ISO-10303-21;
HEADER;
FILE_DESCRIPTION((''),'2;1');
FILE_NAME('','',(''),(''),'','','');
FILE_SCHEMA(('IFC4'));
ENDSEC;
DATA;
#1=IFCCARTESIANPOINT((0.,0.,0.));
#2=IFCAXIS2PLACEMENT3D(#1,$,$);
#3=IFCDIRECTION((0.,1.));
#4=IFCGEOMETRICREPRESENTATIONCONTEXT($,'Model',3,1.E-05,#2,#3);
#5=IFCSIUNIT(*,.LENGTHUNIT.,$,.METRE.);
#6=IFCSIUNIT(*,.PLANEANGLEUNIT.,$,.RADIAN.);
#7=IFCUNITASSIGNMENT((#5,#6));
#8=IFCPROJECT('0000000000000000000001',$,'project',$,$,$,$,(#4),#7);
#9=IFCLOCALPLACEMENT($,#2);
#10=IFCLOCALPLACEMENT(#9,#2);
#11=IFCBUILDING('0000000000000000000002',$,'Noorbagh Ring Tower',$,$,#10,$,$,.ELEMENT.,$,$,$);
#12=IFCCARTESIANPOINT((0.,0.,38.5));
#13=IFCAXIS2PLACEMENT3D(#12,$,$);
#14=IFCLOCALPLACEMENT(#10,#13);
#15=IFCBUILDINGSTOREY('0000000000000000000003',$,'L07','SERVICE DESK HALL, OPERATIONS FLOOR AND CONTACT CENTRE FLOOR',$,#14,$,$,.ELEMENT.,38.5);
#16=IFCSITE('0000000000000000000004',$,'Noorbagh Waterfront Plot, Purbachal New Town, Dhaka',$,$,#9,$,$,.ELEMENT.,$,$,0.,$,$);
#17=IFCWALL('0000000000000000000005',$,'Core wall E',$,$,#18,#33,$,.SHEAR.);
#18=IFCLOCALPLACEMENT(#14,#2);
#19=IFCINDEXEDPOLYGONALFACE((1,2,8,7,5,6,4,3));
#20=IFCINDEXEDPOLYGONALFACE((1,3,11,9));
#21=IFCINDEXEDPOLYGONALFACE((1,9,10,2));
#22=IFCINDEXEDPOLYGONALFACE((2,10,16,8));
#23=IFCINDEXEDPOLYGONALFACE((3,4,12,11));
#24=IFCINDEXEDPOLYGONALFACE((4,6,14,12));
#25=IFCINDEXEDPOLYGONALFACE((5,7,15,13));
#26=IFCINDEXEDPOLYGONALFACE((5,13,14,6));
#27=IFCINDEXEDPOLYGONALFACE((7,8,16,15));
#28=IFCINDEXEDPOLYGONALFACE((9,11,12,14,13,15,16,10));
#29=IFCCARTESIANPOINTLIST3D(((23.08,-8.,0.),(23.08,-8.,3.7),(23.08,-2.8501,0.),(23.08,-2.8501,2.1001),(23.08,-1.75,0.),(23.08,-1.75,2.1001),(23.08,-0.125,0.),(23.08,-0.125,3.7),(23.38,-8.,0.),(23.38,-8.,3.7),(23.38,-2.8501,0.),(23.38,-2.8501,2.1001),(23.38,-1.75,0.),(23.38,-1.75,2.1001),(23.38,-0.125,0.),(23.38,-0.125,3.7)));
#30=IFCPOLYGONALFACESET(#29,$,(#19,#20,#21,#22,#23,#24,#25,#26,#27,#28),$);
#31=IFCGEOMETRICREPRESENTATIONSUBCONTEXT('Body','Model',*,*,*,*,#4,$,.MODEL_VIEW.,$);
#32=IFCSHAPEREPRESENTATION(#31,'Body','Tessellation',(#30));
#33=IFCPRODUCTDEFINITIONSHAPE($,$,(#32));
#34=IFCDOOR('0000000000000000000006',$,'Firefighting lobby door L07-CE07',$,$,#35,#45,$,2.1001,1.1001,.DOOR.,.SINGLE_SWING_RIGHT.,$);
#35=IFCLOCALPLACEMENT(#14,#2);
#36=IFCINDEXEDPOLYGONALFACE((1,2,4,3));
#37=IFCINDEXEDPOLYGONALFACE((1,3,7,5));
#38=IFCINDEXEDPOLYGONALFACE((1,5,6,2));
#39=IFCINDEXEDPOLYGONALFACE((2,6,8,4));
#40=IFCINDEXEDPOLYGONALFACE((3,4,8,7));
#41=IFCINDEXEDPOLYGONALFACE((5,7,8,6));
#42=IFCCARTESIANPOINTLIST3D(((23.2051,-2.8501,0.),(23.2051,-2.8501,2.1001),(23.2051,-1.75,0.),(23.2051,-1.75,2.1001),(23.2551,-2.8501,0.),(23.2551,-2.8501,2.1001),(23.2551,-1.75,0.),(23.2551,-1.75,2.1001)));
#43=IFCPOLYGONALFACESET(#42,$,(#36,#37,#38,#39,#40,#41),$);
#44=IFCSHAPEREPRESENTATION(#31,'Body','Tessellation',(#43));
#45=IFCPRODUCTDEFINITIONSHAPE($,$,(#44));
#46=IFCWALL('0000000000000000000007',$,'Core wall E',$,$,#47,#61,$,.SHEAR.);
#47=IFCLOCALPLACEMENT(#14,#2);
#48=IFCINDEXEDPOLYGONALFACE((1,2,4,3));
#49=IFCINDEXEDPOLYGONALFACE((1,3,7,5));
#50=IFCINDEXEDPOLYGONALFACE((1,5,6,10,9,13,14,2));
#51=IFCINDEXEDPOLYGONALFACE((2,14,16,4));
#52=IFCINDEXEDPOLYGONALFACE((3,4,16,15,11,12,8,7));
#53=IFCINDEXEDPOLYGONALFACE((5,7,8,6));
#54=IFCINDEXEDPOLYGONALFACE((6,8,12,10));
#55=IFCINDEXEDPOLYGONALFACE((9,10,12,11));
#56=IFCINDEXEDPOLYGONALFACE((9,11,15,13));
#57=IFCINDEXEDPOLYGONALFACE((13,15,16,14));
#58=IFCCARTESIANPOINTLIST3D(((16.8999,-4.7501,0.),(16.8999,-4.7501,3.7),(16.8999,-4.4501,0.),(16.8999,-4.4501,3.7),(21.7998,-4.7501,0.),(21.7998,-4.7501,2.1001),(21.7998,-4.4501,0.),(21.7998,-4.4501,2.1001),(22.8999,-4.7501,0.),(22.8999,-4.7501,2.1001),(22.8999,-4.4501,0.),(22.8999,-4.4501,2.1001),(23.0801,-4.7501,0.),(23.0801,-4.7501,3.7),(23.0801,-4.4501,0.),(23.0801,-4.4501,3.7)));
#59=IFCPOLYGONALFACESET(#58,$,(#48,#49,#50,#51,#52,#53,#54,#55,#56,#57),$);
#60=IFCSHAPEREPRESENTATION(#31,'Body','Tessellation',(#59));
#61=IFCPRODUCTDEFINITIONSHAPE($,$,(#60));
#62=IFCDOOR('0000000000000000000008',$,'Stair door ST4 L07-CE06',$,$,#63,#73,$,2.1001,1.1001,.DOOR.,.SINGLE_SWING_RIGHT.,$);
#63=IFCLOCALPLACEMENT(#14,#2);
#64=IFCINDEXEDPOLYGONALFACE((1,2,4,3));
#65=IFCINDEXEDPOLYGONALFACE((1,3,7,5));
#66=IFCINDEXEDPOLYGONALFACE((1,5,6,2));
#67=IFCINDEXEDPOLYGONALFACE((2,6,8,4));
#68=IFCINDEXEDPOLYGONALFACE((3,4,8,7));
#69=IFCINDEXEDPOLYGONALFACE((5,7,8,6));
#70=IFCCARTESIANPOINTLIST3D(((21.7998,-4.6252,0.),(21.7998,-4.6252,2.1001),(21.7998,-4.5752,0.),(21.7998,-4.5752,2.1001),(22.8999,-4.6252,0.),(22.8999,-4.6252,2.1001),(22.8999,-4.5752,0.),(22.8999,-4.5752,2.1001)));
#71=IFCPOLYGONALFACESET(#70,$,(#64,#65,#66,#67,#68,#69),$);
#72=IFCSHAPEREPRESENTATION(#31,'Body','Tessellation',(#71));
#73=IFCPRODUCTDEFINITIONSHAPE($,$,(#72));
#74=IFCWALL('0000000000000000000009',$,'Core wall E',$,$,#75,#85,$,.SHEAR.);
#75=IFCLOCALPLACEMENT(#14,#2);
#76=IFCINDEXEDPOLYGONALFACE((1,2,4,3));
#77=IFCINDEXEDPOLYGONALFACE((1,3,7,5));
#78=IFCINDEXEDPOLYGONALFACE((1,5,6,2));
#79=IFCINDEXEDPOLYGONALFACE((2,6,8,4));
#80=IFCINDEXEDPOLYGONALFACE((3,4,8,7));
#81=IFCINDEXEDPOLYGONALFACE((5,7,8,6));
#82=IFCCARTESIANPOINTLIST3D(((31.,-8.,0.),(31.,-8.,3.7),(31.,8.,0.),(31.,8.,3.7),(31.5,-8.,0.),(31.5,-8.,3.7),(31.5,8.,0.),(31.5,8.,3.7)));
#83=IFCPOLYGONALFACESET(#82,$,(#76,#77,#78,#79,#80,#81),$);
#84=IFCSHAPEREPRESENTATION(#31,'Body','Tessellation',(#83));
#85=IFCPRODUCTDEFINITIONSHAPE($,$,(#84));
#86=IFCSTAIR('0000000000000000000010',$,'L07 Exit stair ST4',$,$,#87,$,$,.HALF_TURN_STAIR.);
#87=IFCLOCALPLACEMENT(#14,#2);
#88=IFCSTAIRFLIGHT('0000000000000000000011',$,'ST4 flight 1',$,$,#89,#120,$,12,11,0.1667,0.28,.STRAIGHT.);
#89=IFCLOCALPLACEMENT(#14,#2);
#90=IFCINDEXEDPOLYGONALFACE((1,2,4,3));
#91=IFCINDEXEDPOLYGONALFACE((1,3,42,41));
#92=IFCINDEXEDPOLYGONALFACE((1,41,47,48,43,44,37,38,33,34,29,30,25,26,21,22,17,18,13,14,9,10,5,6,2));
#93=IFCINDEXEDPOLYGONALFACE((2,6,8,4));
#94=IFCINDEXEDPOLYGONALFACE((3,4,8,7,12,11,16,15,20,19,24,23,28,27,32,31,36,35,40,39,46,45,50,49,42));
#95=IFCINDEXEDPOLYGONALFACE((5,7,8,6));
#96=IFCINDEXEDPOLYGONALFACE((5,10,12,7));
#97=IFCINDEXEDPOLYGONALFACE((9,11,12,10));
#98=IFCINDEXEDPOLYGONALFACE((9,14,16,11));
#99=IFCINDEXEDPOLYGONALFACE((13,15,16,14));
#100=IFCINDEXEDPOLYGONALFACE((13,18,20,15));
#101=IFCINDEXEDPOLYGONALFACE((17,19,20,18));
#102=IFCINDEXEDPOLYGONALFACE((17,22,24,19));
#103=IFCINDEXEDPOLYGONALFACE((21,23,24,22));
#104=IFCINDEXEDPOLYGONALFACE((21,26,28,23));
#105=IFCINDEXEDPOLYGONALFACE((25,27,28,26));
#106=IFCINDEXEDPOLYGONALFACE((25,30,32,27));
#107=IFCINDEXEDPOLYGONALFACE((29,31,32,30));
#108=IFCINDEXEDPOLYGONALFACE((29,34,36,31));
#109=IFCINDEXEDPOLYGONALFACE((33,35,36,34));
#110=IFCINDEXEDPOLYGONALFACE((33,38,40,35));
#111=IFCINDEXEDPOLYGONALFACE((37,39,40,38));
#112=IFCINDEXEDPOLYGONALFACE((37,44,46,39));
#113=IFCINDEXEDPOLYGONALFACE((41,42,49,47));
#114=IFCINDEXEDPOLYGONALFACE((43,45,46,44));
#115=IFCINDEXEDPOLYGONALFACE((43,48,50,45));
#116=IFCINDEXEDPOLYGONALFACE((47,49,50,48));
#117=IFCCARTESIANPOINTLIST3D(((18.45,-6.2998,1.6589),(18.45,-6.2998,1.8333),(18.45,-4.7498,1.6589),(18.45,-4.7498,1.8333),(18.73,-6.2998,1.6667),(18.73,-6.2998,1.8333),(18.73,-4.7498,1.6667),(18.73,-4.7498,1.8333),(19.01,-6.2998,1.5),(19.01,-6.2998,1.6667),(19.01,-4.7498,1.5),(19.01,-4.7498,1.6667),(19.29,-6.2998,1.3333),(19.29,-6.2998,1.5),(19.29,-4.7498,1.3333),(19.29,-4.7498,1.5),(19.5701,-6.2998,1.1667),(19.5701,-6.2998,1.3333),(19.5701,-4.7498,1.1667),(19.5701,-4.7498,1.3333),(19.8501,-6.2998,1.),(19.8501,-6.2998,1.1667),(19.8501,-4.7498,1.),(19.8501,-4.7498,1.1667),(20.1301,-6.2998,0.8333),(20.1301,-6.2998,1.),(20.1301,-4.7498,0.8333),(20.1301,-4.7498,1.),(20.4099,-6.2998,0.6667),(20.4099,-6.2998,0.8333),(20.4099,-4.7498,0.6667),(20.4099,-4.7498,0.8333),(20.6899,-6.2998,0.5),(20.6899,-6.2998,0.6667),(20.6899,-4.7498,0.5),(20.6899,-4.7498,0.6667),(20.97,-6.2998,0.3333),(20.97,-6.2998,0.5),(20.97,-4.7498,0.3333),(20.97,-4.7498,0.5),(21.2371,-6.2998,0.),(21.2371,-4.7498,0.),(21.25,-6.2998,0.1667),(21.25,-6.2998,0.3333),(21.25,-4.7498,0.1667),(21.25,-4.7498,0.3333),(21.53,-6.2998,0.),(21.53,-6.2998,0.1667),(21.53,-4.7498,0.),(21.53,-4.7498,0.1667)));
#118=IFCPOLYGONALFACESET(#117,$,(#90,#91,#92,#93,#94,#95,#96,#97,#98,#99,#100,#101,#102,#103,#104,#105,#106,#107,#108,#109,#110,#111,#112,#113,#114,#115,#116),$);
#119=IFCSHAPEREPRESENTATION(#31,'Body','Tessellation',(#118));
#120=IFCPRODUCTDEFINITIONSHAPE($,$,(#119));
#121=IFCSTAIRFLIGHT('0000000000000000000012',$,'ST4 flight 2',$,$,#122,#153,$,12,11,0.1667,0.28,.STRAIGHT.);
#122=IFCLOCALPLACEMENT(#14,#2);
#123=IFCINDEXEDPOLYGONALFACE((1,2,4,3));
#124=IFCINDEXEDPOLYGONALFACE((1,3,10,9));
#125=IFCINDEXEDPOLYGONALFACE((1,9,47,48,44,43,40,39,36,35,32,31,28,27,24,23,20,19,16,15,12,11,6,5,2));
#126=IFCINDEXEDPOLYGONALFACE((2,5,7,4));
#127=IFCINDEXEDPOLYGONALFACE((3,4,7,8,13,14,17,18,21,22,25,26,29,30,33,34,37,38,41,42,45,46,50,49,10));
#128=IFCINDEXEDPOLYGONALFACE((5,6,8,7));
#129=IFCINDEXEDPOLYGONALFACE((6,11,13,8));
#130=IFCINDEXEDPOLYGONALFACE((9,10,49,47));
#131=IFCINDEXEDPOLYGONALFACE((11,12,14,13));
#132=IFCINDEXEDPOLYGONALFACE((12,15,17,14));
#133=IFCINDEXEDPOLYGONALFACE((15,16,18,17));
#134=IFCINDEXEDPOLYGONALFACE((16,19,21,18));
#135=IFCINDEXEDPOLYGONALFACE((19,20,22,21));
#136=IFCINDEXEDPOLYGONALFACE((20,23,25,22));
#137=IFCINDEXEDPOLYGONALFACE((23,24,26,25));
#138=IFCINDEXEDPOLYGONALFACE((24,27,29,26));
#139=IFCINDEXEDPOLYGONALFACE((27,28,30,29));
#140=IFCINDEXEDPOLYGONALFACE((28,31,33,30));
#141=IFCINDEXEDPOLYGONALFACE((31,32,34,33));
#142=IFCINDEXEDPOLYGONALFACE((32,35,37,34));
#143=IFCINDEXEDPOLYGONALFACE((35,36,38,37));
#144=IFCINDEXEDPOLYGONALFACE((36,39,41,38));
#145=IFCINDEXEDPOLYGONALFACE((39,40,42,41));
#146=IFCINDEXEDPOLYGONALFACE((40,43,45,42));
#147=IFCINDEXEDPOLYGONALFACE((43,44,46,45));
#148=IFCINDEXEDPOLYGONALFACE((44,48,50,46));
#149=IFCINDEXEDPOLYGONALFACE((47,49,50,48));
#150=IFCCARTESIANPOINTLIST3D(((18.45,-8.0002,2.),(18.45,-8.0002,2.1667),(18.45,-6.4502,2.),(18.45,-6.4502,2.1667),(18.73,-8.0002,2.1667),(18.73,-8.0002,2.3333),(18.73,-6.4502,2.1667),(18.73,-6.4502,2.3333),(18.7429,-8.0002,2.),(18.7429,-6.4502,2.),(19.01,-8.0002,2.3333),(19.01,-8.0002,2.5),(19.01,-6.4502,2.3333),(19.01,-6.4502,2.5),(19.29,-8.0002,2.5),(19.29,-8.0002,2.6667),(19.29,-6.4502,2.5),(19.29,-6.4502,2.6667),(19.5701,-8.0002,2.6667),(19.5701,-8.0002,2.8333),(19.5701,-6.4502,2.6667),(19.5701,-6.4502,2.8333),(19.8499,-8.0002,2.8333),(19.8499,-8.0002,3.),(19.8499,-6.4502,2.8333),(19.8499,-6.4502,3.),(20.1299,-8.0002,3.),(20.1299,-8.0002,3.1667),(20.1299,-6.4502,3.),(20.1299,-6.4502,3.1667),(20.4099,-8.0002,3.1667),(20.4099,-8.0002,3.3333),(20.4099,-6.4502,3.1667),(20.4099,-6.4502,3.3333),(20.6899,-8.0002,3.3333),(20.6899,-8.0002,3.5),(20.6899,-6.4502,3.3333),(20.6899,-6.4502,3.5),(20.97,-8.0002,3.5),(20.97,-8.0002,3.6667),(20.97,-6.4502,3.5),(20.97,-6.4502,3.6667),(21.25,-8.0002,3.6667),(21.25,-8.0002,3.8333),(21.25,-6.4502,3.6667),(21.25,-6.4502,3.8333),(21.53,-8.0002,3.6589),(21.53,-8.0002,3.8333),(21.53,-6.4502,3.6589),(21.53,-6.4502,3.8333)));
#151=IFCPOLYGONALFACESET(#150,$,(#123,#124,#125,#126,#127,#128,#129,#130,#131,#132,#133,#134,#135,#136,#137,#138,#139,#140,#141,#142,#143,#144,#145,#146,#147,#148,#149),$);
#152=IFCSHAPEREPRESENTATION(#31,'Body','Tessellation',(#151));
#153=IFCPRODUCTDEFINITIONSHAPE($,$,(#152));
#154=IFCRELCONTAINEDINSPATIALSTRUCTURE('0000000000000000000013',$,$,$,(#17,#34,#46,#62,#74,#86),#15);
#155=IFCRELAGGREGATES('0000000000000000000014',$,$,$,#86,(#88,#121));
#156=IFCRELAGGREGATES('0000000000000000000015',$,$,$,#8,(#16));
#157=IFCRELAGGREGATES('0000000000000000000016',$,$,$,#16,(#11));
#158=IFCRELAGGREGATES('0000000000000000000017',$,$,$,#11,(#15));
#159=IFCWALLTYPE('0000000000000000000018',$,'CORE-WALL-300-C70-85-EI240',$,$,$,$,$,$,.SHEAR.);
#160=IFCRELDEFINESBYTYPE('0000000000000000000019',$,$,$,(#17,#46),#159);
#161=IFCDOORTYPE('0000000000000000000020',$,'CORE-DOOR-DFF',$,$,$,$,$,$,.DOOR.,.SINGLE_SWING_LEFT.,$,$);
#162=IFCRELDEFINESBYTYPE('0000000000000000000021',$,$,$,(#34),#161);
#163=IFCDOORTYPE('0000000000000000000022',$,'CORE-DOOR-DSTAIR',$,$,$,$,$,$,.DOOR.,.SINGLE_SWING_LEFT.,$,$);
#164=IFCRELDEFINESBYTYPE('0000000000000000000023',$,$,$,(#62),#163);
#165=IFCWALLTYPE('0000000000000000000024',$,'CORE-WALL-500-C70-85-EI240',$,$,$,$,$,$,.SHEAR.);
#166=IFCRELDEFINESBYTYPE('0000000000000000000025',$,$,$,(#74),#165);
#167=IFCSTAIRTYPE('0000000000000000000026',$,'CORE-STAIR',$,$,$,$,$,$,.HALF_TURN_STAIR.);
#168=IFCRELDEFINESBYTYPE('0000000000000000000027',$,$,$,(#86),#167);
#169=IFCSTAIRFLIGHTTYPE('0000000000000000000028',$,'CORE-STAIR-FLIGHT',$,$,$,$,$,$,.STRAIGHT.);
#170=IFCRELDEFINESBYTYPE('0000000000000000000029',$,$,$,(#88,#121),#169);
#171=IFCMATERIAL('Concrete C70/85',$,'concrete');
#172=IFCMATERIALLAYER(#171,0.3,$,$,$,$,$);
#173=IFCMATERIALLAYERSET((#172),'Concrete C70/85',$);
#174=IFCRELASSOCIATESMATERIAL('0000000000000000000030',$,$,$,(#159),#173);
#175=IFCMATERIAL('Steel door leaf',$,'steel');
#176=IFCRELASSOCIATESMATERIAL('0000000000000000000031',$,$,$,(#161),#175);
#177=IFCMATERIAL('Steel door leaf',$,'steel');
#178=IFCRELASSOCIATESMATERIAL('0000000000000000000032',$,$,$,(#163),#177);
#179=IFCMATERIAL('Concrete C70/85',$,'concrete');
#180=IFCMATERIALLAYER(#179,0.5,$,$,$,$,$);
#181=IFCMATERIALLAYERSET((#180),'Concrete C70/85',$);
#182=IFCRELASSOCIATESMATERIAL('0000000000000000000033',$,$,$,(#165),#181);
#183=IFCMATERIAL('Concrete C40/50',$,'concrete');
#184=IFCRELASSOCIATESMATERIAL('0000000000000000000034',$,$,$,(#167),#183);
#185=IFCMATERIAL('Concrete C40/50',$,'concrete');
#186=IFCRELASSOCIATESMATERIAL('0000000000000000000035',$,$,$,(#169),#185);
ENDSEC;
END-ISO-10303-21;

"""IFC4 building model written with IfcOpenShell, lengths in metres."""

from ifc_helpers import new_model, si_unit, direction, frame, frame_2d, origin, place, context, subcontext, project, spatial, polyline, rectangle, outline, extrude, material, layer, layer_set, type_object, element, fill, aggregate, save


model = new_model("IFC4")

# Units and contexts
model_context = context("Model", 3, precision=1e-05, world=origin(), true_north=direction((0.0, 1.0)))
body_context = subcontext(model_context, "Body", "Model", "MODEL_VIEW")
ifc_project = project(units=[si_unit("LENGTHUNIT", "METRE"), si_unit("PLANEANGLEUNIT", "RADIAN")], contexts=[model_context])

# Site, building, storey
site_placement = place(None, origin())
site = spatial("IfcSite", under=ifc_project, at=site_placement, Name="Noorbagh Waterfront Plot, Purbachal New Town, Dhaka", CompositionType="ELEMENT", RefElevation=0.0)
building_placement = place(site_placement, origin())
building = spatial("IfcBuilding", under=site, at=building_placement, Name="Noorbagh Ring Tower", CompositionType="ELEMENT")
storey_placement = place(building_placement, frame((0.0, 0.0, 38.5)))
storey = spatial("IfcBuildingStorey", under=building, at=storey_placement, Name="L07", Description="SERVICE DESK HALL, OPERATIONS FLOOR AND CONTACT CENTRE FLOOR", CompositionType="ELEMENT", Elevation=38.5)

# Shared definitions
ifc_material_1 = material(Name="Concrete C70/85", Category="concrete")
ifc_layer_1 = layer(ifc_material_1, 0.3)
ifc_layer_set_1 = layer_set([ifc_layer_1], Name="Concrete C70/85")
wall_type_1 = type_object("IfcWallType", Name="CORE-WALL-300-C70-85-EI240", PredefinedType="SHEAR", material=ifc_layer_set_1)

# Walls, openings, doors
wall_1_placement = place(storey_placement, frame((23.23, -8.0, 0.0), z_axis=(0.0, 0.0, 1.0), x_axis=(0.0, 1.0, 0.0)))
wall_1 = element("IfcWall", 1, at=wall_1_placement, inside=storey, type_object=wall_type_1, Name="Core wall E", PredefinedType="SHEAR", context=body_context, shape_type="SweptSolid", body=[
    extrude(rectangle(XDim=7.875, YDim=0.3, at=frame_2d((3.9375, 0.0))), origin(), (0.0, 0.0, 1.0), 3.7),
])
opening_1_placement = place(wall_1_placement, frame((5.1499, 0.0, 0.0)))
opening_1 = element("IfcOpeningElement", 2, at=opening_1_placement, cuts=wall_1, PredefinedType="OPENING", context=body_context, shape_type="SweptSolid", body=[
    extrude(rectangle(XDim=1.1001, YDim=2.1001, at=frame_2d((0.55, 1.05))), frame((0.0, 0.1602, 0.0), z_axis=(0.0, -1.0, 0.0), x_axis=(1.0, 0.0, 0.0)), (0.0, 0.0, 1.0), 0.3201),
])
ifc_material_2 = material(Name="Steel door leaf", Category="steel")
door_type_1 = type_object("IfcDoorType", Name="CORE-DOOR-DFF", OperationType="SINGLE_SWING_LEFT", PredefinedType="DOOR", material=ifc_material_2)
door_1_placement = place(opening_1_placement, origin())
door_1 = element("IfcDoor", 3, at=door_1_placement, inside=storey, type_object=door_type_1, Name="Firefighting lobby door L07-CE07", OperationType="SINGLE_SWING_RIGHT", OverallHeight=2.1001, OverallWidth=1.1001, PredefinedType="DOOR", context=body_context, shape_type="SweptSolid", body=[
    extrude(rectangle(XDim=1.1001, YDim=2.1001, at=frame_2d((0.55, 1.05))), frame((0.0, 0.0249, 0.0), z_axis=(0.0, -1.0, 0.0), x_axis=(1.0, 0.0, 0.0)), (0.0, 0.0, 1.0), 0.05),
])
fill(opening_1, door_1)
wall_2_placement = place(storey_placement, frame((16.8999, -4.6001, 0.0), z_axis=(0.0, 0.0, 1.0), x_axis=(1.0, 0.0, 0.0)))
wall_2 = element("IfcWall", 4, at=wall_2_placement, inside=storey, type_object=wall_type_1, Name="Core wall E", PredefinedType="SHEAR", context=body_context, shape_type="SweptSolid", body=[
    extrude(rectangle(XDim=6.1802, YDim=0.3, at=frame_2d((3.0901, 0.0))), origin(), (0.0, 0.0, 1.0), 3.7),
])
opening_2_placement = place(wall_2_placement, frame((4.8999, 0.0, 0.0)))
opening_2 = element("IfcOpeningElement", 5, at=opening_2_placement, cuts=wall_2, PredefinedType="OPENING", context=body_context, shape_type="SweptSolid", body=[
    extrude(rectangle(XDim=1.1001, YDim=2.1001, at=frame_2d((0.55, 1.05))), frame((0.0, 0.1602, 0.0), z_axis=(0.0, -1.0, 0.0), x_axis=(1.0, 0.0, 0.0)), (0.0, 0.0, 1.0), 0.3201),
])
ifc_material_3 = material(Name="Steel door leaf", Category="steel")
door_type_2 = type_object("IfcDoorType", Name="CORE-DOOR-DSTAIR", OperationType="SINGLE_SWING_LEFT", PredefinedType="DOOR", material=ifc_material_3)
door_2_placement = place(opening_2_placement, origin())
door_2 = element("IfcDoor", 6, at=door_2_placement, inside=storey, type_object=door_type_2, Name="Stair door ST4 L07-CE06", OperationType="SINGLE_SWING_RIGHT", OverallHeight=2.1001, OverallWidth=1.1001, PredefinedType="DOOR", context=body_context, shape_type="SweptSolid", body=[
    extrude(rectangle(XDim=1.1001, YDim=2.1001, at=frame_2d((0.55, 1.05))), frame((0.0, 0.0249, 0.0), z_axis=(0.0, -1.0, 0.0), x_axis=(1.0, 0.0, 0.0)), (0.0, 0.0, 1.0), 0.05),
])
fill(opening_2, door_2)

# Wall
ifc_material_4 = material(Name="Concrete C70/85", Category="concrete")
ifc_layer_2 = layer(ifc_material_4, 0.5)
ifc_layer_set_2 = layer_set([ifc_layer_2], Name="Concrete C70/85")
wall_type_2 = type_object("IfcWallType", Name="CORE-WALL-500-C70-85-EI240", PredefinedType="SHEAR", material=ifc_layer_set_2)
wall_3_placement = place(storey_placement, frame((31.25, -8.0, 0.0), z_axis=(0.0, 0.0, 1.0), x_axis=(0.0, 1.0, 0.0)))
element("IfcWall", 7, at=wall_3_placement, inside=storey, type_object=wall_type_2, Name="Core wall E", PredefinedType="SHEAR", context=body_context, shape_type="SweptSolid", body=[
    extrude(rectangle(XDim=16.0, YDim=0.5, at=frame_2d((8.0, 0.0))), origin(), (0.0, 0.0, 1.0), 3.7),
])

# Stair, stair flights
ifc_material_5 = material(Name="Concrete C40/50", Category="concrete")
stair_type = type_object("IfcStairType", Name="CORE-STAIR", PredefinedType="HALF_TURN_STAIR", material=ifc_material_5)
stair_placement = place(storey_placement, origin())
stair = element("IfcStair", 8, at=stair_placement, inside=storey, type_object=stair_type, Name="L07 Exit stair ST4", PredefinedType="HALF_TURN_STAIR")
ifc_material_6 = material(Name="Concrete C40/50", Category="concrete")
stair_flight_type = type_object("IfcStairFlightType", Name="CORE-STAIR-FLIGHT", PredefinedType="STRAIGHT", material=ifc_material_6)
stair_flight_1_placement = place(storey_placement, frame((21.53, -5.5249, 0.0), z_axis=(0.0, 0.0, 1.0), x_axis=(-1.0, 0.0, 0.0)))
stair_flight_1 = element("IfcStairFlight", 9, at=stair_flight_1_placement, type_object=stair_flight_type, Name="ST4 flight 1", NumberOfRisers=12, NumberOfTreads=11, PredefinedType="STRAIGHT", RiserHeight=0.1667, TreadLength=0.28, context=body_context, shape_type="SweptSolid", body=[
    extrude(outline(polyline([(0.0, 0.0), (0.0, 0.1667), (0.28, 0.1667), (0.28, 0.3333), (0.5601, 0.3333), (0.5601, 0.5), (0.8401, 0.5), (0.8401, 0.6667), (1.1201, 0.6667), (1.1201, 0.8333), (1.3999, 0.8333), (1.3999, 1.0), (1.6799, 1.0), (1.6799, 1.1667), (1.96, 1.1667), (1.96, 1.3333), (2.24, 1.3333), (2.24, 1.5), (2.52, 1.5), (2.52, 1.6667), (2.8, 1.6667), (2.8, 1.8333), (3.0801, 1.8333), (3.0801, 2.0), (3.0801, 1.6589), (0.293, 0.0), (0.0, 0.0)])), frame((0.0, 0.7749, 0.0), z_axis=(0.0, -1.0, 0.0), x_axis=(1.0, 0.0, 0.0)), (0.0, 0.0, 1.0), 1.55),
])
stair_flight_2_placement = place(storey_placement, frame((18.45, -7.2251, 2.0), z_axis=(0.0, 0.0, 1.0), x_axis=(1.0, 0.0, 0.0)))
stair_flight_2 = element("IfcStairFlight", 10, at=stair_flight_2_placement, type_object=stair_flight_type, Name="ST4 flight 2", NumberOfRisers=12, NumberOfTreads=11, PredefinedType="STRAIGHT", RiserHeight=0.1667, TreadLength=0.28, context=body_context, shape_type="SweptSolid", body=[
    extrude(outline(polyline([(0.0, 0.0), (0.0, 0.1667), (0.28, 0.1667), (0.28, 0.3333), (0.5601, 0.3333), (0.5601, 0.5), (0.8401, 0.5), (0.8401, 0.6667), (1.1201, 0.6667), (1.1201, 0.8333), (1.3999, 0.8333), (1.3999, 1.0), (1.6799, 1.0), (1.6799, 1.1667), (1.96, 1.1667), (1.96, 1.3333), (2.24, 1.3333), (2.24, 1.5), (2.52, 1.5), (2.52, 1.6667), (2.8, 1.6667), (2.8, 1.8333), (3.0801, 1.8333), (3.0801, 2.0), (3.0801, 1.6589), (0.293, 0.0), (0.0, 0.0)])), frame((0.0, 0.7749, 0.0), z_axis=(0.0, -1.0, 0.0), x_axis=(1.0, 0.0, 0.0)), (0.0, 0.0, 1.0), 1.55),
])
aggregate(stair, [stair_flight_1, stair_flight_2])

save(model, "model.ifc")
